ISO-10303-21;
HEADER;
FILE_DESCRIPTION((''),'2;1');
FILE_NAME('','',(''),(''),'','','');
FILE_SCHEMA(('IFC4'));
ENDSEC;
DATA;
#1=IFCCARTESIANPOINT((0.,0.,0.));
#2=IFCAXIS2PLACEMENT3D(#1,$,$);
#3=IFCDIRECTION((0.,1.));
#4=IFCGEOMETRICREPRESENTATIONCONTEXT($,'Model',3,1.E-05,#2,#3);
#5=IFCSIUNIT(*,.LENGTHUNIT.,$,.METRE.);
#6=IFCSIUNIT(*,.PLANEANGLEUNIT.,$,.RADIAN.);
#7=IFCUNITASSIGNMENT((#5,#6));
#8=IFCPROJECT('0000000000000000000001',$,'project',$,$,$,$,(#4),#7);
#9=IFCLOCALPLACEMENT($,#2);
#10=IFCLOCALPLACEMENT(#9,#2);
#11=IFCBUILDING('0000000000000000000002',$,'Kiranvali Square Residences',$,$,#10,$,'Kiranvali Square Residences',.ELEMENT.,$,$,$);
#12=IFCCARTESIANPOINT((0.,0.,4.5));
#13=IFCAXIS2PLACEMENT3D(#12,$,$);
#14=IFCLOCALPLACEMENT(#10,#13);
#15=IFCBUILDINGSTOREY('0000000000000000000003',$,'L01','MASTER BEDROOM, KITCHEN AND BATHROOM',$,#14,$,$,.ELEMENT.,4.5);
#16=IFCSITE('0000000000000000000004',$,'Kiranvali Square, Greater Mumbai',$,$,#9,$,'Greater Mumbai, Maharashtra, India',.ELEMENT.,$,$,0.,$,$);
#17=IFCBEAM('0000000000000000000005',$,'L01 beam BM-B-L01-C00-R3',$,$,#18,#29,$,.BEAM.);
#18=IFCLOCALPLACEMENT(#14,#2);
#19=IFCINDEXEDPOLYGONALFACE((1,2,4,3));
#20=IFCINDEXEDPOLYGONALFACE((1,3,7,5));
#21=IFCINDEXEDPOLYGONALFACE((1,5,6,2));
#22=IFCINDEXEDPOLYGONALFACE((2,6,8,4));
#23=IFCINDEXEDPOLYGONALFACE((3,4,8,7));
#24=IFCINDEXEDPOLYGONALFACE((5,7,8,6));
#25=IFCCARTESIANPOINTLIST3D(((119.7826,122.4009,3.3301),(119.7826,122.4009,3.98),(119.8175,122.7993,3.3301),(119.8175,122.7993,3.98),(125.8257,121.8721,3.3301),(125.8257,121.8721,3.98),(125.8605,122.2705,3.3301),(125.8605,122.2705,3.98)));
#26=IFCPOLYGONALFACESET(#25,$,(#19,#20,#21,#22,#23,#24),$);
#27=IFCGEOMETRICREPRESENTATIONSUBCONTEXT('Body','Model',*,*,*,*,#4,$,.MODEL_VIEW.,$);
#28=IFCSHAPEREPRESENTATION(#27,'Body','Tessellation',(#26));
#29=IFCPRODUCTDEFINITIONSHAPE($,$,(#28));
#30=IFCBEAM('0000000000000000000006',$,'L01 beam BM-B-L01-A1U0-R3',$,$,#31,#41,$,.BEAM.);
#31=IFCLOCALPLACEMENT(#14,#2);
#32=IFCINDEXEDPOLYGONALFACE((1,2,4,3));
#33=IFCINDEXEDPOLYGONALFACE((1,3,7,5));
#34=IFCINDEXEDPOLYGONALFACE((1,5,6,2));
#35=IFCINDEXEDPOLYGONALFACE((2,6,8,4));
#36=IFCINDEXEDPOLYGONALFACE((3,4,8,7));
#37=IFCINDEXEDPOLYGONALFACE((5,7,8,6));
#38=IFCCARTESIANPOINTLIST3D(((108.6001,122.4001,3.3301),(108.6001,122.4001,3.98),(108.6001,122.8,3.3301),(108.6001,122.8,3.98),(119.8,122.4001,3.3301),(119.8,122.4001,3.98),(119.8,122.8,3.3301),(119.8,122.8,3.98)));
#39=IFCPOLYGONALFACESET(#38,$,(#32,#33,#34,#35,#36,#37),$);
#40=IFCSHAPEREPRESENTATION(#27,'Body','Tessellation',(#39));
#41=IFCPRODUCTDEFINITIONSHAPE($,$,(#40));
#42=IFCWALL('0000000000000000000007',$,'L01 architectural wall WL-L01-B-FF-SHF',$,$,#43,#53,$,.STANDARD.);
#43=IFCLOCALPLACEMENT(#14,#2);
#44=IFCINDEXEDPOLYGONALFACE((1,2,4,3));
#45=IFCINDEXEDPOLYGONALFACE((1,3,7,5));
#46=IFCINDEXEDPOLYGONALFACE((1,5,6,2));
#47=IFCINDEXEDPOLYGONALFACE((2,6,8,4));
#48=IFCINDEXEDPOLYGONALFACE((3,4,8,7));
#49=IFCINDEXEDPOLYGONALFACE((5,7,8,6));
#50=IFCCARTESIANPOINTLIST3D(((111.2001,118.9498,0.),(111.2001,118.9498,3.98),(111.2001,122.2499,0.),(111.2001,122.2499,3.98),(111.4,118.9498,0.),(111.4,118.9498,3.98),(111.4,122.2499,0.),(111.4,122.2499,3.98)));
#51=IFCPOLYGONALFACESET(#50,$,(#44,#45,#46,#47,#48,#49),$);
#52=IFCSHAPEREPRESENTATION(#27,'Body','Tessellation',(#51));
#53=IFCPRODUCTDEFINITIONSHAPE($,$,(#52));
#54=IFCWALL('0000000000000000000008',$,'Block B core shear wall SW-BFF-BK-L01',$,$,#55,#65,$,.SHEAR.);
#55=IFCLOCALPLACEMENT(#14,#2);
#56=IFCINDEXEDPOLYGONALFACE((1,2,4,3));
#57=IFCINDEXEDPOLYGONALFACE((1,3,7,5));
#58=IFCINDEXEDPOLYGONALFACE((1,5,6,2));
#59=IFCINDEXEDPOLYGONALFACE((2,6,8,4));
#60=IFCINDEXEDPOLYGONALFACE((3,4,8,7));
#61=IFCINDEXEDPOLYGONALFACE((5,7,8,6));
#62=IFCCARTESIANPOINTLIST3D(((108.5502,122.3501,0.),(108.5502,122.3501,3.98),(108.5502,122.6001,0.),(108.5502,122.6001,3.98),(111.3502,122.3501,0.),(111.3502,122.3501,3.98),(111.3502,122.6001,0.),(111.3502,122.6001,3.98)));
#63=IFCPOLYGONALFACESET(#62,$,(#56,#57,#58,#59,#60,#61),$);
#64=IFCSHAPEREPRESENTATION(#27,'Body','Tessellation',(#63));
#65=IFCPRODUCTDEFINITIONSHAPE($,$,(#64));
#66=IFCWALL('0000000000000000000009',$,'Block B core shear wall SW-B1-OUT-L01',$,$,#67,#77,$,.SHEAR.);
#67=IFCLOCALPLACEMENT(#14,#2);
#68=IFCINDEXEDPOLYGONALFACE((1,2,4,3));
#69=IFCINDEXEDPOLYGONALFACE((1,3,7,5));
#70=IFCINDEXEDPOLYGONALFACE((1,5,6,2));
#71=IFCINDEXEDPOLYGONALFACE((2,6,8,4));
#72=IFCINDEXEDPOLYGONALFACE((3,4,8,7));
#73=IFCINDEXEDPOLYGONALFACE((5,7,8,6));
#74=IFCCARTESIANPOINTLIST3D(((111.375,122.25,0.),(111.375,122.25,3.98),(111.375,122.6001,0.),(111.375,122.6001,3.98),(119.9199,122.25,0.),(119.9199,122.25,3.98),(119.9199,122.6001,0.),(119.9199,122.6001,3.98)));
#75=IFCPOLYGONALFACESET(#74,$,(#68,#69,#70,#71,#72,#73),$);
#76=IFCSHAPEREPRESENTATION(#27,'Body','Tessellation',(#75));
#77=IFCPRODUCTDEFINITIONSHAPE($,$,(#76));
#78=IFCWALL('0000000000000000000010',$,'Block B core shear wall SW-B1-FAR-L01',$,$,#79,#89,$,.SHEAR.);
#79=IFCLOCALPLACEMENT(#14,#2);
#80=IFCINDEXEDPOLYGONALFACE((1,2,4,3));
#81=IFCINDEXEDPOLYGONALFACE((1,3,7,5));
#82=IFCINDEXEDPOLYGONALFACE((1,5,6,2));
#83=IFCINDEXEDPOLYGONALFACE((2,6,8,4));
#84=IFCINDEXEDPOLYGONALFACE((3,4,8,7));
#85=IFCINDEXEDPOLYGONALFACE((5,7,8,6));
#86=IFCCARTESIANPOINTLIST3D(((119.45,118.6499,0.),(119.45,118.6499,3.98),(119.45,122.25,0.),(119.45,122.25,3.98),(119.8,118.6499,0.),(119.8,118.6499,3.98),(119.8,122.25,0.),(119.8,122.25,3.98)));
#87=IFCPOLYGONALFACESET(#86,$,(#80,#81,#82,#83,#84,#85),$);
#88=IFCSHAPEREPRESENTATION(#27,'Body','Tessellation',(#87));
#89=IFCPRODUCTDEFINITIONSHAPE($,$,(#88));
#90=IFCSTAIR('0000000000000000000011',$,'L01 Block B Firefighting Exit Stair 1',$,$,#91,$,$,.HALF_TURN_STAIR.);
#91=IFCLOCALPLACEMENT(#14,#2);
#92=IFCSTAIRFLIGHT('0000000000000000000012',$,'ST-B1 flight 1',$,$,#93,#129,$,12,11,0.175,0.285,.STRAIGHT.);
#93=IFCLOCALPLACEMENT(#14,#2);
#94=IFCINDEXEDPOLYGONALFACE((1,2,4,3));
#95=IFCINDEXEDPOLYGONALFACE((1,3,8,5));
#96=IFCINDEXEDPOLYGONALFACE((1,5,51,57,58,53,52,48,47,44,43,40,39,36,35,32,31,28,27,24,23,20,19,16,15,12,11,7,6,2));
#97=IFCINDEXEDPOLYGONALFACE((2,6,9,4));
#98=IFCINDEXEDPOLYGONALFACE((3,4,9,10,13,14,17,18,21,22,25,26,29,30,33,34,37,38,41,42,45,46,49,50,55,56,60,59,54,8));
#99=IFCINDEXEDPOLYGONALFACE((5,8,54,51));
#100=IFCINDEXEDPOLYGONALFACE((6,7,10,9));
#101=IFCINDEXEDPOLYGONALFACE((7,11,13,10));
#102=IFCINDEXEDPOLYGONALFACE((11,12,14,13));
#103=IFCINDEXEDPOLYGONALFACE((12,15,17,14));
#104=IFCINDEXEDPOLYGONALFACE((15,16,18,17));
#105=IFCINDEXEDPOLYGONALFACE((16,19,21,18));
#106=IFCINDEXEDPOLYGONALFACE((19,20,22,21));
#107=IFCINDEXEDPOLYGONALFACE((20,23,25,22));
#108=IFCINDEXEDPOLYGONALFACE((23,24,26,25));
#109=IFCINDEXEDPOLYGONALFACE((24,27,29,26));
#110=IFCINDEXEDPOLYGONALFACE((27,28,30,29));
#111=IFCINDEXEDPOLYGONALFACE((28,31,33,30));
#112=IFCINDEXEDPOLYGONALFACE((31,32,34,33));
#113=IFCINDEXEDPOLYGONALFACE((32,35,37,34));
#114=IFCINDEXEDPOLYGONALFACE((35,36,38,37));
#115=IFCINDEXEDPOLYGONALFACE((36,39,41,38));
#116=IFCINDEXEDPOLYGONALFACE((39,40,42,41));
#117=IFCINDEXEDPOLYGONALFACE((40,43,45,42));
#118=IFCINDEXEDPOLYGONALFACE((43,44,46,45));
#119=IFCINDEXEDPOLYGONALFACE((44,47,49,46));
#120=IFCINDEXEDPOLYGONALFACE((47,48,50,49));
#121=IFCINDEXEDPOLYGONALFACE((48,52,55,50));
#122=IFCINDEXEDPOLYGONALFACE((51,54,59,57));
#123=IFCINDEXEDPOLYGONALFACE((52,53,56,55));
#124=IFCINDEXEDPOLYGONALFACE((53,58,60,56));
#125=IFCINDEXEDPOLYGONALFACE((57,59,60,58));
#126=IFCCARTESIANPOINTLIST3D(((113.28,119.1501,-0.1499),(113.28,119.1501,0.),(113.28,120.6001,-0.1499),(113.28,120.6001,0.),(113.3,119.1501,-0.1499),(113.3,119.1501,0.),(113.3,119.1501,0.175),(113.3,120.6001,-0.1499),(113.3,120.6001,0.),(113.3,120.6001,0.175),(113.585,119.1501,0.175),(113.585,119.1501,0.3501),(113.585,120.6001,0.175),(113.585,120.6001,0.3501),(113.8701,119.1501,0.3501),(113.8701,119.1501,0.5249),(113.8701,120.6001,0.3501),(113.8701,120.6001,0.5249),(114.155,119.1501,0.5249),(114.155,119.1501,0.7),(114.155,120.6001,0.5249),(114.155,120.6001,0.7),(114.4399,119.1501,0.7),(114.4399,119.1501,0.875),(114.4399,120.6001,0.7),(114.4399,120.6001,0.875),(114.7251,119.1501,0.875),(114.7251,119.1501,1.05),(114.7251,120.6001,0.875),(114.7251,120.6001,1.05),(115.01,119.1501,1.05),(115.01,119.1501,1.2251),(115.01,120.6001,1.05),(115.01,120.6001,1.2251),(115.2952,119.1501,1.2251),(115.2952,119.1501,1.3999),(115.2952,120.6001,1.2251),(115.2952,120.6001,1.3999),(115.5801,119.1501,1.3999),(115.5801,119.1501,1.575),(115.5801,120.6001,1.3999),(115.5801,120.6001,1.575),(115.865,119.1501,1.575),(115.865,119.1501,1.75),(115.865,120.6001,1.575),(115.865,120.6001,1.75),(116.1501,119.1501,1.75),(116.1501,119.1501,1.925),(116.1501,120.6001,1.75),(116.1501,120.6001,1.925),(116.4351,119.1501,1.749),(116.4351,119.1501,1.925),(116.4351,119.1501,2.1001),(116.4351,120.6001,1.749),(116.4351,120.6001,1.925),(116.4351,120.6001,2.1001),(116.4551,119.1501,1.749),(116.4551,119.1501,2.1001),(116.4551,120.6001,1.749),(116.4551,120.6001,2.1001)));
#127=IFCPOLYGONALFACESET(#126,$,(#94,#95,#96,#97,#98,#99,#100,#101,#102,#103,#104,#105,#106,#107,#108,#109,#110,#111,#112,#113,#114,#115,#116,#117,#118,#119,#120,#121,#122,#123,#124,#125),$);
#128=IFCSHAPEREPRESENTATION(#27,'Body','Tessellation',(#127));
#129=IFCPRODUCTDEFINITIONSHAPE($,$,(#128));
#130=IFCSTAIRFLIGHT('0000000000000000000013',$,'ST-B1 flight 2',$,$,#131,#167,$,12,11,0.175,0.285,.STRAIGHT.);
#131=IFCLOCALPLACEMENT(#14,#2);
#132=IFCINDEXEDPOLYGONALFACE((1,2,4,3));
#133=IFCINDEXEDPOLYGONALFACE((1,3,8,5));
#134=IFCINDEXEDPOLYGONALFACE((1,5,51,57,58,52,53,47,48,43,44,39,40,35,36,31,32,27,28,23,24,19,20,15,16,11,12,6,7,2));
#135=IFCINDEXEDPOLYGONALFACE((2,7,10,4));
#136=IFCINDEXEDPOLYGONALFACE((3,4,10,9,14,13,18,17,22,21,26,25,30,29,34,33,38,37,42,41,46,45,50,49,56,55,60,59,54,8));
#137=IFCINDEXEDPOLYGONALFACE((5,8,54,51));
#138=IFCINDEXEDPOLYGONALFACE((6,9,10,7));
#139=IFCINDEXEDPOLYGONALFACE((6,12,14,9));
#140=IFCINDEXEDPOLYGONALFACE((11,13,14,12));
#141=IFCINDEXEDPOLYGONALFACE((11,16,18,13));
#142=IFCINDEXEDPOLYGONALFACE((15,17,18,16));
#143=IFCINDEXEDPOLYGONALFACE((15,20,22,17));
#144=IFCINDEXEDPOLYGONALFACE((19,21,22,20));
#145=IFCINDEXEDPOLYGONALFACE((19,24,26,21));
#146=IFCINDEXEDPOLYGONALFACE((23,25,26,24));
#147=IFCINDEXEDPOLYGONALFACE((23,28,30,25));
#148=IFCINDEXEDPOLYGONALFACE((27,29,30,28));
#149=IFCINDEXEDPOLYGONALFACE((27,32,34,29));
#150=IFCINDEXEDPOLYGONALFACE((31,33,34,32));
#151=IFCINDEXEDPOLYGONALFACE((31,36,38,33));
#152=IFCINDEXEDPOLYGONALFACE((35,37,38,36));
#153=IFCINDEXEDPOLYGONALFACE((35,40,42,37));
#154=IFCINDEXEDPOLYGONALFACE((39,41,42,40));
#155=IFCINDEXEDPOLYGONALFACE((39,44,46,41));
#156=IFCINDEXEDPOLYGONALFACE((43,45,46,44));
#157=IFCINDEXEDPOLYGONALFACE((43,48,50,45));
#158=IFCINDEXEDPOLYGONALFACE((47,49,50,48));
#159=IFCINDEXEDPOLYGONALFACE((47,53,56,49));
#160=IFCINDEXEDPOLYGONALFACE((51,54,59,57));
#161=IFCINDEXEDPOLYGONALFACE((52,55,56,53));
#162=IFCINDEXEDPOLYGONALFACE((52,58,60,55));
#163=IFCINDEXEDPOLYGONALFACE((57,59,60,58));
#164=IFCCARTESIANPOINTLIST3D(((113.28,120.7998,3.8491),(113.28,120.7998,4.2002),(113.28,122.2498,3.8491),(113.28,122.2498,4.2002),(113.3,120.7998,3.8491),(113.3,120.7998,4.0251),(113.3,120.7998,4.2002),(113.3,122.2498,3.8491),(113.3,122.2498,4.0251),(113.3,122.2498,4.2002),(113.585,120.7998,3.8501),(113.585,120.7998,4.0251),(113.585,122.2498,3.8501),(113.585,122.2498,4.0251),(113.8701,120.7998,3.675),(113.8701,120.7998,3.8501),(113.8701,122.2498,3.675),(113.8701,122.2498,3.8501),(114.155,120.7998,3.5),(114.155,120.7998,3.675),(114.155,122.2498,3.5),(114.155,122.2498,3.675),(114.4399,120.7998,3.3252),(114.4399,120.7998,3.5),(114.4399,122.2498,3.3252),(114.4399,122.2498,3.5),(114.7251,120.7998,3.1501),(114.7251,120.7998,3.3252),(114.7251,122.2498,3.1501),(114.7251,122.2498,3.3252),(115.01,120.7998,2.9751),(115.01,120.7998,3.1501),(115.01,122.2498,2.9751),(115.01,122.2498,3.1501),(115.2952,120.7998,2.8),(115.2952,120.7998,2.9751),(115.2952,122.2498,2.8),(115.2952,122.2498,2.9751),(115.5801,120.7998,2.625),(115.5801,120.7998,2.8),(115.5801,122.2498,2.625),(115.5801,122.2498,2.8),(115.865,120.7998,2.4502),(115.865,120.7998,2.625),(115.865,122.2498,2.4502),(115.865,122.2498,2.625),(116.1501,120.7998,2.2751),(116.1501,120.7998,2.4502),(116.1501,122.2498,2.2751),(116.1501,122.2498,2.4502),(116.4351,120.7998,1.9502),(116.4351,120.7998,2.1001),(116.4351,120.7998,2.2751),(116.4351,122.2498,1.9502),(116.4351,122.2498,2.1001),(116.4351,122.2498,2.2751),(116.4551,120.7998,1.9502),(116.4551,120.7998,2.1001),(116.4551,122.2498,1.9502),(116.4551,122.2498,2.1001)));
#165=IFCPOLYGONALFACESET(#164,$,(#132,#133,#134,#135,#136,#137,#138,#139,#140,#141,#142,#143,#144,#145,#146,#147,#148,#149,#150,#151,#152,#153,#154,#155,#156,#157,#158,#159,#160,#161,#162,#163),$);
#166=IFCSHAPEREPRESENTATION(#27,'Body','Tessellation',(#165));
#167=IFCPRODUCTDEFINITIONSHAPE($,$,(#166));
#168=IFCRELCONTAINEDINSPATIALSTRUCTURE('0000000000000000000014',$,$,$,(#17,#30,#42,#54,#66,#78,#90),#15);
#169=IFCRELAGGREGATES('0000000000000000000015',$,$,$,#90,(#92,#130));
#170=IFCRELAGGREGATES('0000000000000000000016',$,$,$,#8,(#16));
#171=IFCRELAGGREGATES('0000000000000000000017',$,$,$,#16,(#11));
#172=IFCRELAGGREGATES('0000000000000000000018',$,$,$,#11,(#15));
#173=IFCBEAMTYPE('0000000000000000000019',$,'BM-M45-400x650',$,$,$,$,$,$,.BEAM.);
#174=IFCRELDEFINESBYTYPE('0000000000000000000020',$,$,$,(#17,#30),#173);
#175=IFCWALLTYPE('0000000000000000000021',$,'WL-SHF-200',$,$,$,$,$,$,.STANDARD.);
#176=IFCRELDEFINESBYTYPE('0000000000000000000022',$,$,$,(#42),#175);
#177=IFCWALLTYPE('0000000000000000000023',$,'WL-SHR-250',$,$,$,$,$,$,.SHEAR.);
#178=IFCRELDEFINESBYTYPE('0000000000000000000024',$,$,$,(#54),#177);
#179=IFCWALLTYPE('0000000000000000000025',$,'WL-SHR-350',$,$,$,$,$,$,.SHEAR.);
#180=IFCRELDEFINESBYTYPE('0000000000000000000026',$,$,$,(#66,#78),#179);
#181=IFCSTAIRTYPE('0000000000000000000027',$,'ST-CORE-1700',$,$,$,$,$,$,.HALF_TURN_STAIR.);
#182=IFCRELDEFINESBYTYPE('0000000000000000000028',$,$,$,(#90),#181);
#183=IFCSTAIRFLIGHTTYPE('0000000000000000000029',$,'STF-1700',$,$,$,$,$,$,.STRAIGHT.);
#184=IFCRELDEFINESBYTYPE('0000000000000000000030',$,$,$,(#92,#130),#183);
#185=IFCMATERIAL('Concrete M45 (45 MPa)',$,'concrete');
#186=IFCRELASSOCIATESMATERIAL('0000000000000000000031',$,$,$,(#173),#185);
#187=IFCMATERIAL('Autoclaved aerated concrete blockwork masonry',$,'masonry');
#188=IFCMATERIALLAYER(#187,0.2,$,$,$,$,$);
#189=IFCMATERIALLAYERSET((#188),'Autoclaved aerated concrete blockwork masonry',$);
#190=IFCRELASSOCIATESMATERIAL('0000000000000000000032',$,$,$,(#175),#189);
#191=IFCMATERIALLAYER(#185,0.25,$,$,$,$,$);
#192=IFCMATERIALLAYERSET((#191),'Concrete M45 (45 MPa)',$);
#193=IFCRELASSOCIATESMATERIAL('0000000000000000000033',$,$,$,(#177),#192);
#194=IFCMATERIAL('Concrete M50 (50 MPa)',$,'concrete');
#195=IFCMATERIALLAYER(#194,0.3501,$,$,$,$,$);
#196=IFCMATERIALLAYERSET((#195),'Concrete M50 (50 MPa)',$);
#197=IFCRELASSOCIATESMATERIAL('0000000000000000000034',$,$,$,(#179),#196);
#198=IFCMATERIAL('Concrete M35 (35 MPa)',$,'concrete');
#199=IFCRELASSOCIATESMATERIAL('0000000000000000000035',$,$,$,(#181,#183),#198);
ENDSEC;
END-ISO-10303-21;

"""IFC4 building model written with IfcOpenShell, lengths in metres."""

from ifc_helpers import new_model, si_unit, direction, frame, frame_2d, origin, origin_2d, place, context, subcontext, project, spatial, polyline, rectangle, outline, extrude, material, layer, layer_set, material_profile, profile_set, type_object, element, aggregate, save


model = new_model("IFC4")

# Units and contexts
model_context = context("Model", 3, precision=1e-05, world=origin(), true_north=direction((0.0, 1.0)))
body_context = subcontext(model_context, "Body", "Model", "MODEL_VIEW")
ifc_project = project(units=[si_unit("LENGTHUNIT", "METRE"), si_unit("PLANEANGLEUNIT", "RADIAN")], contexts=[model_context])

# Site, building, storey
site_placement = place(None, origin())
site = spatial("IfcSite", under=ifc_project, at=site_placement, Name="Kiranvali Square, Greater Mumbai", LongName="Greater Mumbai, Maharashtra, India", CompositionType="ELEMENT", RefElevation=0.0)
building_placement = place(site_placement, origin())
building = spatial("IfcBuilding", under=site, at=building_placement, Name="Kiranvali Square Residences", LongName="Kiranvali Square Residences", CompositionType="ELEMENT")
storey_placement = place(building_placement, frame((0.0, 0.0, 4.5)))
storey = spatial("IfcBuildingStorey", under=building, at=storey_placement, Name="L01", Description="MASTER BEDROOM, KITCHEN AND BATHROOM", CompositionType="ELEMENT", Elevation=4.5)

# Beams
ifc_material_1 = material(Name="Concrete M45 (45 MPa)", Category="concrete")
ifc_material_profile = material_profile(ifc_material_1, rectangle(XDim=0.3999, YDim=0.6499, at=origin_2d()), Name="RC 400x650")
ifc_profile_set = profile_set([ifc_material_profile], Name="Concrete M45 (45 MPa)")
beam_type = type_object("IfcBeamType", Name="BM-M45-400x650", PredefinedType="BEAM", material=ifc_profile_set)
beam_1_placement = place(storey_placement, frame((119.8, 122.6001, 3.655), z_axis=(0.996193, -0.087175, 0.0), x_axis=(0.087175, 0.996193, 0.0)))
element("IfcBeam", 1, at=beam_1_placement, inside=storey, type_object=beam_type, Name="L01 beam BM-B-L01-C00-R3", PredefinedType="BEAM", context=body_context, shape_type="SweptSolid", body=[
    extrude(rectangle(XDim=0.3999, YDim=0.6499, at=origin_2d()), origin(), (0.0, 0.0, 1.0), 6.0662),
])
beam_2_placement = place(storey_placement, frame((119.8, 122.6001, 3.655), z_axis=(-1.0, 0.0, 0.0), x_axis=(0.0, -1.0, 0.0)))
element("IfcBeam", 2, at=beam_2_placement, inside=storey, type_object=beam_type, Name="L01 beam BM-B-L01-A1U0-R3", PredefinedType="BEAM", context=body_context, shape_type="SweptSolid", body=[
    extrude(rectangle(XDim=0.3999, YDim=0.6499, at=origin_2d()), origin(), (0.0, 0.0, 1.0), 11.2),
])

# Shared definitions
ifc_material_2 = material(Name="Autoclaved aerated concrete blockwork masonry", Category="masonry")

# Walls
ifc_layer_1 = layer(ifc_material_2, 0.2)
ifc_layer_set_1 = layer_set([ifc_layer_1], Name="Autoclaved aerated concrete blockwork masonry")
wall_type_1 = type_object("IfcWallType", Name="WL-SHF-200", PredefinedType="STANDARD", material=ifc_layer_set_1)
wall_1_placement = place(storey_placement, frame((111.3, 118.95, 0.0), z_axis=(0.0, 0.0, 1.0), x_axis=(0.0, 1.0, 0.0)))
element("IfcWall", 3, at=wall_1_placement, inside=storey, type_object=wall_type_1, Name="L01 architectural wall WL-L01-B-FF-SHF", PredefinedType="STANDARD", context=body_context, shape_type="SweptSolid", body=[
    extrude(rectangle(XDim=3.3, YDim=0.2, at=frame_2d((1.6499, 0.0))), origin(), (0.0, 0.0, 1.0), 3.98),
])
ifc_layer_2 = layer(ifc_material_1, 0.25)
ifc_layer_set_2 = layer_set([ifc_layer_2], Name="Concrete M45 (45 MPa)")
wall_type_2 = type_object("IfcWallType", Name="WL-SHR-250", PredefinedType="SHEAR", material=ifc_layer_set_2)
wall_2_placement = place(storey_placement, frame((111.3501, 122.4751, 0.0), z_axis=(0.0, 0.0, 1.0), x_axis=(-1.0, 0.0, 0.0)))
element("IfcWall", 4, at=wall_2_placement, inside=storey, type_object=wall_type_2, Name="Block B core shear wall SW-BFF-BK-L01", PredefinedType="SHEAR", context=body_context, shape_type="SweptSolid", body=[
    extrude(rectangle(XDim=2.8, YDim=0.25, at=frame_2d((1.3999, 0.0))), origin(), (0.0, 0.0, 1.0), 3.98),
])
ifc_material_3 = material(Name="Concrete M50 (50 MPa)", Category="concrete")
ifc_layer_3 = layer(ifc_material_3, 0.3501)
ifc_layer_set_3 = layer_set([ifc_layer_3], Name="Concrete M50 (50 MPa)")
wall_type_3 = type_object("IfcWallType", Name="WL-SHR-350", PredefinedType="SHEAR", material=ifc_layer_set_3)
wall_3_placement = place(storey_placement, frame((119.9199, 122.425, 0.0), z_axis=(0.0, 0.0, 1.0), x_axis=(-1.0, 0.0, 0.0)))
element("IfcWall", 5, at=wall_3_placement, inside=storey, type_object=wall_type_3, Name="Block B core shear wall SW-B1-OUT-L01", PredefinedType="SHEAR", context=body_context, shape_type="SweptSolid", body=[
    extrude(rectangle(XDim=8.5449, YDim=0.3501, at=frame_2d((4.2725, 0.0))), origin(), (0.0, 0.0, 1.0), 3.98),
])

# Wall
wall_4_placement = place(storey_placement, frame((119.625, 118.6499, 0.0), z_axis=(0.0, 0.0, 1.0), x_axis=(0.0, 1.0, 0.0)))
element("IfcWall", 6, at=wall_4_placement, inside=storey, type_object=wall_type_3, Name="Block B core shear wall SW-B1-FAR-L01", PredefinedType="SHEAR", context=body_context, shape_type="SweptSolid", body=[
    extrude(rectangle(XDim=3.6001, YDim=0.3501, at=frame_2d((1.8, 0.0))), origin(), (0.0, 0.0, 1.0), 3.98),
])

# Stair, stair flights
ifc_material_4 = material(Name="Concrete M35 (35 MPa)", Category="concrete")
stair_type = type_object("IfcStairType", Name="ST-CORE-1700", PredefinedType="HALF_TURN_STAIR", material=ifc_material_4)
stair_placement = place(storey_placement, origin())
stair = element("IfcStair", 7, at=stair_placement, inside=storey, type_object=stair_type, Name="L01 Block B Firefighting Exit Stair 1", PredefinedType="HALF_TURN_STAIR")
stair_flight_type = type_object("IfcStairFlightType", Name="STF-1700", PredefinedType="STRAIGHT", material=ifc_material_4)
stair_flight_1_placement = place(storey_placement, frame((113.3, 119.875, 0.0), z_axis=(0.0, 0.0, 1.0), x_axis=(1.0, 0.0, 0.0)))
stair_flight_1 = element("IfcStairFlight", 8, at=stair_flight_1_placement, type_object=stair_flight_type, Name="ST-B1 flight 1", NumberOfRisers=12, NumberOfTreads=11, PredefinedType="STRAIGHT", RiserHeight=0.175, TreadLength=0.285, context=body_context, shape_type="SweptSolid", body=[
    extrude(outline(polyline([(-0.02, -0.1499), (-0.02, 0.0), (0.0, 0.0), (0.0, 0.175), (0.2849, 0.175), (0.2849, 0.3501), (0.5701, 0.3501), (0.5701, 0.5249), (0.855, 0.5249), (0.855, 0.7), (1.1399, 0.7), (1.1399, 0.875), (1.425, 0.875), (1.425, 1.05), (1.71, 1.05), (1.71, 1.2251), (1.9951, 1.2251), (1.9951, 1.3999), (2.28, 1.3999), (2.28, 1.575), (2.5649, 1.575), (2.5649, 1.75), (2.8501, 1.75), (2.8501, 1.925), (3.135, 1.925), (3.135, 2.1001), (3.155, 2.1001), (3.155, 1.749), (3.135, 1.749), (0.0, -0.1499), (-0.02, -0.1499)])), frame((0.0, 0.7251, 0.0), z_axis=(0.0, -1.0, 0.0), x_axis=(1.0, 0.0, 0.0)), (0.0, 0.0, 1.0), 1.45),
])
stair_flight_2_placement = place(storey_placement, frame((116.4351, 121.5249, 2.1001), z_axis=(0.0, 0.0, 1.0), x_axis=(-1.0, 0.0, 0.0)))
stair_flight_2 = element("IfcStairFlight", 9, at=stair_flight_2_placement, type_object=stair_flight_type, Name="ST-B1 flight 2", NumberOfRisers=12, NumberOfTreads=11, PredefinedType="STRAIGHT", RiserHeight=0.175, TreadLength=0.285, context=body_context, shape_type="SweptSolid", body=[
    extrude(outline(polyline([(-0.02, -0.1499), (-0.02, 0.0), (0.0, 0.0), (0.0, 0.175), (0.2849, 0.175), (0.2849, 0.3501), (0.5701, 0.3501), (0.5701, 0.5249), (0.855, 0.5249), (0.855, 0.7), (1.1399, 0.7), (1.1399, 0.875), (1.425, 0.875), (1.425, 1.05), (1.71, 1.05), (1.71, 1.2251), (1.9951, 1.2251), (1.9951, 1.3999), (2.28, 1.3999), (2.28, 1.575), (2.5649, 1.575), (2.5649, 1.75), (2.8501, 1.75), (2.8501, 1.925), (3.135, 1.925), (3.135, 2.1001), (3.155, 2.1001), (3.155, 1.749), (3.135, 1.749), (0.0, -0.1499), (-0.02, -0.1499)])), frame((0.0, 0.7251, 0.0), z_axis=(0.0, -1.0, 0.0), x_axis=(1.0, 0.0, 0.0)), (0.0, 0.0, 1.0), 1.45),
])
aggregate(stair, [stair_flight_1, stair_flight_2])

save(model, "model.ifc")
